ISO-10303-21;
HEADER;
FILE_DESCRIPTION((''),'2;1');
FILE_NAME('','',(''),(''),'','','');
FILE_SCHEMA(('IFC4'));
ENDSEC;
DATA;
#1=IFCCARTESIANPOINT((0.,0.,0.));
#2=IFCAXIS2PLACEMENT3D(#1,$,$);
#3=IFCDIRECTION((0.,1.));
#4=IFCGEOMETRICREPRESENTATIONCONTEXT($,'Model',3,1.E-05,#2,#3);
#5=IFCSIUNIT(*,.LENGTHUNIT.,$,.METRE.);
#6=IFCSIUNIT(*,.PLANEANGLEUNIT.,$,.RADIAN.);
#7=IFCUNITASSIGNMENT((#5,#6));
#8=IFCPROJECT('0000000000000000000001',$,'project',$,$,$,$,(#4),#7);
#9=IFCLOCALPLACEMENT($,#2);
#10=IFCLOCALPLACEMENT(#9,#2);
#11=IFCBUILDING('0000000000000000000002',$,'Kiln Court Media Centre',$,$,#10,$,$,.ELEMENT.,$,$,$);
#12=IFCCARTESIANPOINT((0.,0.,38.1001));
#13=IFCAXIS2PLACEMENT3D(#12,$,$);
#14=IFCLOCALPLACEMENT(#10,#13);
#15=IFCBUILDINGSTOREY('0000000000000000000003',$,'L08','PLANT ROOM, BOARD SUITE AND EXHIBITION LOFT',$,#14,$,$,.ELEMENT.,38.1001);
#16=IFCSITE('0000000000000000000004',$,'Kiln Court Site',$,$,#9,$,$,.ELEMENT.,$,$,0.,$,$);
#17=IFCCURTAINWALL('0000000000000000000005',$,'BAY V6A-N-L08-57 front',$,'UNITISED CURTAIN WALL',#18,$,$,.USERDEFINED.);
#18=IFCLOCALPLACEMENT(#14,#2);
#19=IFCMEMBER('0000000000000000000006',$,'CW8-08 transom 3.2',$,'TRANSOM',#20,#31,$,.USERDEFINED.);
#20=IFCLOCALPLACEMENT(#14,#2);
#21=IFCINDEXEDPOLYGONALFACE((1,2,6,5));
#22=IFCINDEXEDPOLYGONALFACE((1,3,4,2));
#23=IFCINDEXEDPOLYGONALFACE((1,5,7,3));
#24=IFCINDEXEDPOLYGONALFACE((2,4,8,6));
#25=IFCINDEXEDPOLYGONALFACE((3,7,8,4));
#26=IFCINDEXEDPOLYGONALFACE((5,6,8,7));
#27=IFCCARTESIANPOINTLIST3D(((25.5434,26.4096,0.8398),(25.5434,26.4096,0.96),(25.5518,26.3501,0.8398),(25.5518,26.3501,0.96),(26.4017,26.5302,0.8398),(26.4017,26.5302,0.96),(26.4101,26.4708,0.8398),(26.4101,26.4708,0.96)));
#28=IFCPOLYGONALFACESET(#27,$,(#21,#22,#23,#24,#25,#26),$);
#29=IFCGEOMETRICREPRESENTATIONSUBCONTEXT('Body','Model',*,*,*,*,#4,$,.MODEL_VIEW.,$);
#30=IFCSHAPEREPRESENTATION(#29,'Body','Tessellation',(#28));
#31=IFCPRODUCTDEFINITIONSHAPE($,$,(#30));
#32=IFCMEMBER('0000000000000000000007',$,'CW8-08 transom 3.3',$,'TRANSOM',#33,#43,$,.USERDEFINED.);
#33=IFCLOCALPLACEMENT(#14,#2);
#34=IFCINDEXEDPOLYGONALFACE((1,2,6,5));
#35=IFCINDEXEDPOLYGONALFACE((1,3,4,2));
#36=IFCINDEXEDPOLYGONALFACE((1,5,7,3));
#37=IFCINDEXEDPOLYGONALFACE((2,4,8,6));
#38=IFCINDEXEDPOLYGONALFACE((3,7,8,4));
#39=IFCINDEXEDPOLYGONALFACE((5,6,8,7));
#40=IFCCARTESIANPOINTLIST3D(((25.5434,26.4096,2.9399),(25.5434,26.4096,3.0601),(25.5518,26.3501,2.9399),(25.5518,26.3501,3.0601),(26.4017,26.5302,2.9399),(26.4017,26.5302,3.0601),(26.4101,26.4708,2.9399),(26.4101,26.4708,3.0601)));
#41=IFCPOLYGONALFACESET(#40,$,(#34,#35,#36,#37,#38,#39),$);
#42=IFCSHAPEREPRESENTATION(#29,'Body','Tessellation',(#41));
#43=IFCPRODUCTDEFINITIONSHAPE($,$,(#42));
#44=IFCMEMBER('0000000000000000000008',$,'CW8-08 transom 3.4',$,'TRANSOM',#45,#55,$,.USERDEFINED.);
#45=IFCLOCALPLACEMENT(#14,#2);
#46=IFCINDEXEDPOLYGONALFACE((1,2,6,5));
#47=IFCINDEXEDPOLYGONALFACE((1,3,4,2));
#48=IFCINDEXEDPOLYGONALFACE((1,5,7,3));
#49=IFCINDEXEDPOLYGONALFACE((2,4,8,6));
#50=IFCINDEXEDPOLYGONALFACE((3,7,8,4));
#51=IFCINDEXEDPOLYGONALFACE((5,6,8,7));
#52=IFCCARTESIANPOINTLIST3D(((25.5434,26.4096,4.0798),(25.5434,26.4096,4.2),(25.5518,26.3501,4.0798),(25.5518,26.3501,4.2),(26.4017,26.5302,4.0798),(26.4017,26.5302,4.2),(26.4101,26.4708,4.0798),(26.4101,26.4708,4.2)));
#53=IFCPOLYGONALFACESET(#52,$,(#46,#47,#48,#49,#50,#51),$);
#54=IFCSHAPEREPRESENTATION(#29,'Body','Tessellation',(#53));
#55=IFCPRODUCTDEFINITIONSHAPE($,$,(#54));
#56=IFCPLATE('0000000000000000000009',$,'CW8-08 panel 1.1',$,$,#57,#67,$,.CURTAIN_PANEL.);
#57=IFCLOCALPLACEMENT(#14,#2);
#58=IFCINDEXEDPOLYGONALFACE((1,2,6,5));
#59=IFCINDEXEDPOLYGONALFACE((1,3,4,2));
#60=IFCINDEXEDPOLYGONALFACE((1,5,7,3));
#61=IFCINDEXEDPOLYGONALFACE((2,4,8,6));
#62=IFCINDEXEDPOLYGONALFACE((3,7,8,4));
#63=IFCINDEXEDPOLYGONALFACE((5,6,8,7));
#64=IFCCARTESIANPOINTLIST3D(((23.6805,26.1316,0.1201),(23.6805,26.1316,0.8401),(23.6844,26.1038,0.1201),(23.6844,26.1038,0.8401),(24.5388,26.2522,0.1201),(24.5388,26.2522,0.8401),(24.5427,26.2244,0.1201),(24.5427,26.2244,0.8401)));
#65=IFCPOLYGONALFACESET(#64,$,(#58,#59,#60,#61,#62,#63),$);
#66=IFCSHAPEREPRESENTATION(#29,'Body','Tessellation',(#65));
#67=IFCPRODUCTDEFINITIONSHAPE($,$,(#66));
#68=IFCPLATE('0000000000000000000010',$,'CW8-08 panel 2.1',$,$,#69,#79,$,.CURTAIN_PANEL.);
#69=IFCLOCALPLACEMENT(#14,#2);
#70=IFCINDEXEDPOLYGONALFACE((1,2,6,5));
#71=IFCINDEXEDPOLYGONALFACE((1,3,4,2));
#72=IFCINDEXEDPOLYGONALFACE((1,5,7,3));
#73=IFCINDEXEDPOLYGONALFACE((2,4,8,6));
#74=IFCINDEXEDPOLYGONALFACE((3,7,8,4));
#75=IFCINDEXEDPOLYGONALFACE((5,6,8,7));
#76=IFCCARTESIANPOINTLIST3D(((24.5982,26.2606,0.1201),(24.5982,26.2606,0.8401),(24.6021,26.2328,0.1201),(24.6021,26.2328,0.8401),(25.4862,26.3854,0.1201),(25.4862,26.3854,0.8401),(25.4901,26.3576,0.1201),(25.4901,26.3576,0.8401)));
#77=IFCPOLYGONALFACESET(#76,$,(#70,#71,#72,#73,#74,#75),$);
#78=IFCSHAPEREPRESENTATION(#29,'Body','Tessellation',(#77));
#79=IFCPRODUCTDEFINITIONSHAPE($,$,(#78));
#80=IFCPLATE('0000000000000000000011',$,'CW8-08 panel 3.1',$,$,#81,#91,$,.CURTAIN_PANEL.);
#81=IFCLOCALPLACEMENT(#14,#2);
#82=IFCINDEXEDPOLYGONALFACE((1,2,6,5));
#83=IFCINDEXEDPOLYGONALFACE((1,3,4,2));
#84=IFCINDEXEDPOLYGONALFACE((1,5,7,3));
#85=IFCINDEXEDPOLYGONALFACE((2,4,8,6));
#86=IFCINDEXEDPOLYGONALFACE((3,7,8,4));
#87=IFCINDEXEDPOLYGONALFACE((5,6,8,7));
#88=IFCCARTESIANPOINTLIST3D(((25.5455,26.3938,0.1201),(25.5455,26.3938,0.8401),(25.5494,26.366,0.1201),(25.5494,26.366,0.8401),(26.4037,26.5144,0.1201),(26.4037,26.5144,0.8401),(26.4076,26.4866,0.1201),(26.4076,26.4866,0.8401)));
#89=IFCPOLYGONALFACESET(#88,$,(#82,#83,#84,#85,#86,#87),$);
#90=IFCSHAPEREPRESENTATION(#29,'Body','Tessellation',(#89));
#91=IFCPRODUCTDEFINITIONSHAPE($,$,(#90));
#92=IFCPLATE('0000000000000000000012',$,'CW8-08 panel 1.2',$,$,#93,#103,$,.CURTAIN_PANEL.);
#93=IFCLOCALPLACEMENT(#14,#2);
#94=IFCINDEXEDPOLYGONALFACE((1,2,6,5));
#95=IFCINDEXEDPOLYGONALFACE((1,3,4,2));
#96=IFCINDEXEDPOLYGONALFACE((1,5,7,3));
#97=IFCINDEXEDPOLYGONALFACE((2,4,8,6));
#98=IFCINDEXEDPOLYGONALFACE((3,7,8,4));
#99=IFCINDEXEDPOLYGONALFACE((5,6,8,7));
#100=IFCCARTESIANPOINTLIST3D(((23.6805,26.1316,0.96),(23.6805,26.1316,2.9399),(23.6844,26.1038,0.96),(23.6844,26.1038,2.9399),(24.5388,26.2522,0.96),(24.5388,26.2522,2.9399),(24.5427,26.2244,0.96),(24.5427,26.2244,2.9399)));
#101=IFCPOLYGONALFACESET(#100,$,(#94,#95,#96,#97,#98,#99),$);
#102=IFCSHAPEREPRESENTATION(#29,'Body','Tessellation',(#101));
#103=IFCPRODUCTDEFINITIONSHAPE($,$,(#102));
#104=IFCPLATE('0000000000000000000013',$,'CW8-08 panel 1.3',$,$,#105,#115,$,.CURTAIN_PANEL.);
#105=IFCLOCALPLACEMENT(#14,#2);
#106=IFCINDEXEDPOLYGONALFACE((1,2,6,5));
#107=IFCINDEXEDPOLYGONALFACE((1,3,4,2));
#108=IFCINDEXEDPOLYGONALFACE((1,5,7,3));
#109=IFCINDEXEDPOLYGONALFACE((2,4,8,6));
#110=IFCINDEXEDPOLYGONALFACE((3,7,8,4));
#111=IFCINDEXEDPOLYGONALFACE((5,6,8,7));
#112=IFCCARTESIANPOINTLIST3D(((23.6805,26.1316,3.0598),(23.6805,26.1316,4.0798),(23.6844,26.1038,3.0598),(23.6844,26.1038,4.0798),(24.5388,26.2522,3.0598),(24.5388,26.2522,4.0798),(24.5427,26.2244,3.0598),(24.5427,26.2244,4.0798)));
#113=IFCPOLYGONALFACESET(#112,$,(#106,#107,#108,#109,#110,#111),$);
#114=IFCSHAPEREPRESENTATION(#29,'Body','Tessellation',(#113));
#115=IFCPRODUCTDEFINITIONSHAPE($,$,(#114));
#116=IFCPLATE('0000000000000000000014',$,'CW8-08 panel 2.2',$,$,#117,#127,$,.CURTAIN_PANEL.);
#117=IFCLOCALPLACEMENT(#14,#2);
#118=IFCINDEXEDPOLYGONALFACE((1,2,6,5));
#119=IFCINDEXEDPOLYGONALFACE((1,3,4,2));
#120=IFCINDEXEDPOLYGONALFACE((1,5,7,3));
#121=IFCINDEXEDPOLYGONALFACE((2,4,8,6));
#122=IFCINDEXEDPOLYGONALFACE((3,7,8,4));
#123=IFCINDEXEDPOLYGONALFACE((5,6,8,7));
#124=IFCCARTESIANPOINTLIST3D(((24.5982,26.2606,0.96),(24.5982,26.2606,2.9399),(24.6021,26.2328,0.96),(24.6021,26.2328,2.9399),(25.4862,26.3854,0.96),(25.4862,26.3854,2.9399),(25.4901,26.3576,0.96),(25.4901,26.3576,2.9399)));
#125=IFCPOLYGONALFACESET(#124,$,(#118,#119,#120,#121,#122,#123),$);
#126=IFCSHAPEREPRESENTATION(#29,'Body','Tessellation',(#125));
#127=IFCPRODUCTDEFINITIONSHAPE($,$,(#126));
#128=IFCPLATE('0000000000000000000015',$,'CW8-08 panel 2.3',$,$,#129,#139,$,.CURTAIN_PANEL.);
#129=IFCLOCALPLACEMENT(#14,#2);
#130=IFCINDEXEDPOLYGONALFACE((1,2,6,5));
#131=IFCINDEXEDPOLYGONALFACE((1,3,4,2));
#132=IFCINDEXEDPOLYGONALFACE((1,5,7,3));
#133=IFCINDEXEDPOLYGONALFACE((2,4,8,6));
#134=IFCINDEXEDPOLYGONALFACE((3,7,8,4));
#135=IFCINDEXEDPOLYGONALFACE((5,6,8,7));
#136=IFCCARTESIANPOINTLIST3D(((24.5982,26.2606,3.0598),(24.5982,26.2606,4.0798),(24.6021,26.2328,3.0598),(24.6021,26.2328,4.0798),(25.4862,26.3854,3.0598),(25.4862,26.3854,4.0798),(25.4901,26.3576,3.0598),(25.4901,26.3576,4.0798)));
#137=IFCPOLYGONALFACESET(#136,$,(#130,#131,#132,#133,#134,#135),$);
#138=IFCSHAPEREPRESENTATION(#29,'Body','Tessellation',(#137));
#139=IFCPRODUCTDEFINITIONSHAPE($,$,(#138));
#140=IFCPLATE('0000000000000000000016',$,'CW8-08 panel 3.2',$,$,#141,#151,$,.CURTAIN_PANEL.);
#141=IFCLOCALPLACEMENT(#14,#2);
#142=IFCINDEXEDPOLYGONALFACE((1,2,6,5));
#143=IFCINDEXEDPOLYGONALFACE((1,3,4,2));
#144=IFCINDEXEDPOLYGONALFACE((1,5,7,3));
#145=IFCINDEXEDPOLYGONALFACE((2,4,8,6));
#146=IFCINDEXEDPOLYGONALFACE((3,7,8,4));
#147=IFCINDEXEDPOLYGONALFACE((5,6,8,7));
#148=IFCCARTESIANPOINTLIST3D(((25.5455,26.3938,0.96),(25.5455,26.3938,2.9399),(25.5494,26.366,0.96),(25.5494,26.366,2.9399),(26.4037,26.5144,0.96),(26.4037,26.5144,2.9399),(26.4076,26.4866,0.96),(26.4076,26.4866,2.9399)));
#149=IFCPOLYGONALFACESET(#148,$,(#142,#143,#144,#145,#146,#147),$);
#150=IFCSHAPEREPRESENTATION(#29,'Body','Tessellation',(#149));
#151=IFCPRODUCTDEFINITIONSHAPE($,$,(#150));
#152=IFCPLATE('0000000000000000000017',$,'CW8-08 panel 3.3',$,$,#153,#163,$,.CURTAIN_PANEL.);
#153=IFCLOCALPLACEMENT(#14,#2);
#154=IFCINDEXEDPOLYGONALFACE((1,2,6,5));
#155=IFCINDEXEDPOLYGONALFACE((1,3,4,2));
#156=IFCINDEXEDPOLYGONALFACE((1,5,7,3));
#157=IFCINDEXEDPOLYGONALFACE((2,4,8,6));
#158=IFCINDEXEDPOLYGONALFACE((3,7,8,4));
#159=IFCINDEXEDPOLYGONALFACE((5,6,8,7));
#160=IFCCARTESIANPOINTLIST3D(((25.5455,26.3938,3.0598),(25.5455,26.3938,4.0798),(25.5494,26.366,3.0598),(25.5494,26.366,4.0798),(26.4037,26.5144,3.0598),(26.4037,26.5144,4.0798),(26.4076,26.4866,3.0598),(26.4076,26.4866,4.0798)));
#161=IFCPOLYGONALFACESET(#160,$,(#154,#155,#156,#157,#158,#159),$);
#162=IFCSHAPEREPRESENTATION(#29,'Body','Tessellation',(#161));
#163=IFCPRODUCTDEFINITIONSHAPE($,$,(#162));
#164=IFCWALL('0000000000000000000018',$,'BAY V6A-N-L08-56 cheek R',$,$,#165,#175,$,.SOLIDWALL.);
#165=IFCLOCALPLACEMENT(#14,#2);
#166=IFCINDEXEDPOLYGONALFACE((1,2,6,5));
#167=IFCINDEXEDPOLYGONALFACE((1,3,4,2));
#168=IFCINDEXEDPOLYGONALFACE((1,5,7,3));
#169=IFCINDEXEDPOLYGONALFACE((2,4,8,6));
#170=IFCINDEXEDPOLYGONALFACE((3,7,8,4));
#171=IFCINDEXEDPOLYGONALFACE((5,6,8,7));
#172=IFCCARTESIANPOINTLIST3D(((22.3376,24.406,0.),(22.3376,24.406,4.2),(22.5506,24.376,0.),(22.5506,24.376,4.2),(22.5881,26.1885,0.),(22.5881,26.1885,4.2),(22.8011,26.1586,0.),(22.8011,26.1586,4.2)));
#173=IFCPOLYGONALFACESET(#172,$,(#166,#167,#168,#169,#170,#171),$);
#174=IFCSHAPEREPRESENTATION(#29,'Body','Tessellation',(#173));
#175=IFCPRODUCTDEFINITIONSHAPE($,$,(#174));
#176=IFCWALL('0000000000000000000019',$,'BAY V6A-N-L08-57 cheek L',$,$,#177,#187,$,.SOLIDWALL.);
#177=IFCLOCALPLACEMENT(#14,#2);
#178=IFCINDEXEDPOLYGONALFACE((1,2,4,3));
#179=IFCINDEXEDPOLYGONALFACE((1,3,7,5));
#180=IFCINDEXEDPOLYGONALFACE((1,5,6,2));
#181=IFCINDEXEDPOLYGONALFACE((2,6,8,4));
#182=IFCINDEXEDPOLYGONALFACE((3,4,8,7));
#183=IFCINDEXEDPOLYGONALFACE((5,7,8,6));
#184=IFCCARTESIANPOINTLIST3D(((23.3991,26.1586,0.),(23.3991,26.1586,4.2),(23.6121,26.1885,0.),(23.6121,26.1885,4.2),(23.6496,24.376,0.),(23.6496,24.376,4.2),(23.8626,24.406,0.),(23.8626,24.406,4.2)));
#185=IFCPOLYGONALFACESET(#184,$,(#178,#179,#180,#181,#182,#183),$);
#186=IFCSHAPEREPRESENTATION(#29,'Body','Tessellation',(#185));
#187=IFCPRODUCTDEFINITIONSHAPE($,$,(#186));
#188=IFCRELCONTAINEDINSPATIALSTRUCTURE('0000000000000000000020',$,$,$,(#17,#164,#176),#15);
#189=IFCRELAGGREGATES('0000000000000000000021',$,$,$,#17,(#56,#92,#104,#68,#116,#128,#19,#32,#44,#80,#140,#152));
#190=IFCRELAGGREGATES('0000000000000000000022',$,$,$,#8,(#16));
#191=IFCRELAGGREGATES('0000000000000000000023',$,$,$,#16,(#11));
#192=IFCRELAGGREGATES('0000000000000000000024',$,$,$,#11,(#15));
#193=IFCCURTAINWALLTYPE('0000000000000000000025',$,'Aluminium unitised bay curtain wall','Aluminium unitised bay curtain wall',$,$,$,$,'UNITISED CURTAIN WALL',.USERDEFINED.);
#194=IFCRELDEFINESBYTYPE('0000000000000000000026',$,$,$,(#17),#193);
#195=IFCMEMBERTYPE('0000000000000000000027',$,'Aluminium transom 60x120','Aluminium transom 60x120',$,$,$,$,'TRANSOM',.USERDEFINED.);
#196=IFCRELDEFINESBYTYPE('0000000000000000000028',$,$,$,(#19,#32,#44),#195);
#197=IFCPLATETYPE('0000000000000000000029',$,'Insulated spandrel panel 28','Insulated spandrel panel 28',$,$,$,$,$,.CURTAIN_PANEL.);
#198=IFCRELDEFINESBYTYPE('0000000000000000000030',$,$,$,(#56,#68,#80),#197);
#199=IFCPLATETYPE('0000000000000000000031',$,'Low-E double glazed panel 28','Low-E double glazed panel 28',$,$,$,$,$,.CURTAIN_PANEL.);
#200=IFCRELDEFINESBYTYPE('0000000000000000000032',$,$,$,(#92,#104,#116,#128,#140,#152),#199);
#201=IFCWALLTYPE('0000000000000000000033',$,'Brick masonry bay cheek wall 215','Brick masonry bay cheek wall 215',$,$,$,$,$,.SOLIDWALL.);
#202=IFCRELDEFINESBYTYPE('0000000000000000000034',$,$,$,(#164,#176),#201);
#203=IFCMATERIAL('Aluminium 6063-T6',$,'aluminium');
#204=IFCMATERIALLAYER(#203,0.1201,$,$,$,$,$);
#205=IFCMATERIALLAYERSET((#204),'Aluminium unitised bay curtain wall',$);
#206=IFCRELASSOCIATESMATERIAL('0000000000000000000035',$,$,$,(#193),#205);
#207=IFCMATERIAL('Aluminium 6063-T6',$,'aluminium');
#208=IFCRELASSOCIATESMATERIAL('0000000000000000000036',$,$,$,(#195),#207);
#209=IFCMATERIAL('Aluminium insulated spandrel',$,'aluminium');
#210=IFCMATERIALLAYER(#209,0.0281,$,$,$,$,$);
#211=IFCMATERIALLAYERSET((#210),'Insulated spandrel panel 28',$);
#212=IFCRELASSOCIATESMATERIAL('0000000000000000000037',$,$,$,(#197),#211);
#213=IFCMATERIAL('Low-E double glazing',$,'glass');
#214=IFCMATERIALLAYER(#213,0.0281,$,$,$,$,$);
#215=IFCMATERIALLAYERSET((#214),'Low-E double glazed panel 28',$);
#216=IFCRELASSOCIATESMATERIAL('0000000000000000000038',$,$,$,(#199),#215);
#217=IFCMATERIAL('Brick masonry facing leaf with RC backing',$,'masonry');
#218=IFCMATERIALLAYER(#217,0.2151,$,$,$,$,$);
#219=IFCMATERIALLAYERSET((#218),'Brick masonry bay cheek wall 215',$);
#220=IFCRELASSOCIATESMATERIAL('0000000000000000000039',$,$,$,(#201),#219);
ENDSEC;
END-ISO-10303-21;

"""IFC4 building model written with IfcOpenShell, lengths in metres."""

from ifc_helpers import new_model, si_unit, direction, frame, frame_2d, origin, origin_2d, place, context, subcontext, project, spatial, rectangle, extrude, material, layer, layer_set, material_profile, profile_set, type_object, element, aggregate, save


model = new_model("IFC4")

# Units and contexts
model_context = context("Model", 3, precision=1e-05, world=origin(), true_north=direction((0.0, 1.0)))
body_context = subcontext(model_context, "Body", "Model", "MODEL_VIEW")
ifc_project = project(units=[si_unit("LENGTHUNIT", "METRE"), si_unit("PLANEANGLEUNIT", "RADIAN")], contexts=[model_context])

# Site, building, storey
site_placement = place(None, origin())
site = spatial("IfcSite", under=ifc_project, at=site_placement, Name="Kiln Court Site", CompositionType="ELEMENT", RefElevation=0.0)
building_placement = place(site_placement, origin())
building = spatial("IfcBuilding", under=site, at=building_placement, Name="Kiln Court Media Centre", CompositionType="ELEMENT")
storey_placement = place(building_placement, frame((0.0, 0.0, 38.1001)))
storey = spatial("IfcBuildingStorey", under=building, at=storey_placement, Name="L08", Description="PLANT ROOM, BOARD SUITE AND EXHIBITION LOFT", CompositionType="ELEMENT", Elevation=38.1001)

# Shared definitions
ifc_material_1 = material(Name="Aluminium 6063-T6", Category="aluminium")
ifc_layer_1 = layer(ifc_material_1, 0.1201)
ifc_layer_set_1 = layer_set([ifc_layer_1], Name="Aluminium unitised bay curtain wall")
curtain_wall_type = type_object("IfcCurtainWallType", Name="Aluminium unitised bay curtain wall", Description="Aluminium unitised bay curtain wall", ElementType="UNITISED CURTAIN WALL", PredefinedType="USERDEFINED", material=ifc_layer_set_1)

# Curtain wall, members, plates
curtain_wall_1_placement = place(storey_placement, origin())
curtain_wall_1 = element("IfcCurtainWall", 1, at=curtain_wall_1_placement, inside=storey, type_object=curtain_wall_type, Name="BAY V6A-N-L08-57 front", ObjectType="UNITISED CURTAIN WALL", PredefinedType="USERDEFINED")
ifc_material_2 = material(Name="Aluminium 6063-T6", Category="aluminium")
ifc_material_profile_1 = material_profile(ifc_material_2, rectangle(XDim=0.0601, YDim=0.1201, at=origin_2d()), Name="Aluminium transom 60x120")
ifc_profile_set_1 = profile_set([ifc_material_profile_1], Name="Aluminium 6063-T6")
member_type_1 = type_object("IfcMemberType", Name="Aluminium transom 60x120", Description="Aluminium transom 60x120", ElementType="TRANSOM", PredefinedType="USERDEFINED", material=ifc_profile_set_1)
member_1_placement = place(storey_placement, frame((25.5476, 26.3799, 0.8999), z_axis=(0.990268, 0.139173, 0.0), x_axis=(-0.139173, 0.990268, 0.0)))
member_1 = element("IfcMember", 2, at=member_1_placement, type_object=member_type_1, Name="CW8-08 transom 3.2", ObjectType="TRANSOM", PredefinedType="USERDEFINED", context=body_context, shape_type="SweptSolid", body=[
    extrude(rectangle(XDim=0.0601, YDim=0.1201, at=origin_2d()), origin(), (0.0, 0.0, 1.0), 0.8667),
])
member_2_placement = place(storey_placement, frame((25.5476, 26.3799, 3.0), z_axis=(0.990268, 0.139173, 0.0), x_axis=(-0.139173, 0.990268, 0.0)))
member_2 = element("IfcMember", 3, at=member_2_placement, type_object=member_type_1, Name="CW8-08 transom 3.3", ObjectType="TRANSOM", PredefinedType="USERDEFINED", context=body_context, shape_type="SweptSolid", body=[
    extrude(rectangle(XDim=0.0601, YDim=0.1201, at=origin_2d()), origin(), (0.0, 0.0, 1.0), 0.8667),
])
member_3_placement = place(storey_placement, frame((25.5476, 26.3799, 4.1399), z_axis=(0.990268, 0.139173, 0.0), x_axis=(-0.139173, 0.990268, 0.0)))
member_3 = element("IfcMember", 4, at=member_3_placement, type_object=member_type_1, Name="CW8-08 transom 3.4", ObjectType="TRANSOM", PredefinedType="USERDEFINED", context=body_context, shape_type="SweptSolid", body=[
    extrude(rectangle(XDim=0.0601, YDim=0.1201, at=origin_2d()), origin(), (0.0, 0.0, 1.0), 0.8667),
])
ifc_material_3 = material(Name="Aluminium insulated spandrel", Category="aluminium")
ifc_layer_2 = layer(ifc_material_3, 0.0281)
ifc_layer_set_2 = layer_set([ifc_layer_2], Name="Insulated spandrel panel 28")
plate_type_1 = type_object("IfcPlateType", Name="Insulated spandrel panel 28", Description="Insulated spandrel panel 28", PredefinedType="CURTAIN_PANEL", material=ifc_layer_set_2)
plate_1_placement = place(storey_placement, frame((24.1116, 26.178, 0.1201), z_axis=(0.0, 0.0, 1.0), x_axis=(0.99027, 0.139162, 0.0)))
plate_1 = element("IfcPlate", 5, at=plate_1_placement, type_object=plate_type_1, Name="CW8-08 panel 1.1", PredefinedType="CURTAIN_PANEL", context=body_context, shape_type="SweptSolid", body=[
    extrude(rectangle(XDim=0.8667, YDim=0.0281, at=origin_2d()), origin(), (0.0, 0.0, 1.0), 0.72),
])
plate_2_placement = place(storey_placement, frame((25.0442, 26.3091, 0.1201), z_axis=(0.0, 0.0, 1.0), x_axis=(0.99027, 0.139162, 0.0)))
plate_2 = element("IfcPlate", 6, at=plate_2_placement, type_object=plate_type_1, Name="CW8-08 panel 2.1", PredefinedType="CURTAIN_PANEL", context=body_context, shape_type="SweptSolid", body=[
    extrude(rectangle(XDim=0.8967, YDim=0.0281, at=origin_2d()), origin(), (0.0, 0.0, 1.0), 0.72),
])
plate_3_placement = place(storey_placement, frame((25.9766, 26.4402, 0.1201), z_axis=(0.0, 0.0, 1.0), x_axis=(0.99027, 0.139162, 0.0)))
plate_3 = element("IfcPlate", 7, at=plate_3_placement, type_object=plate_type_1, Name="CW8-08 panel 3.1", PredefinedType="CURTAIN_PANEL", context=body_context, shape_type="SweptSolid", body=[
    extrude(rectangle(XDim=0.8667, YDim=0.0281, at=origin_2d()), origin(), (0.0, 0.0, 1.0), 0.72),
])
ifc_material_4 = material(Name="Low-E double glazing", Category="glass")
ifc_layer_3 = layer(ifc_material_4, 0.0281)
ifc_layer_set_3 = layer_set([ifc_layer_3], Name="Low-E double glazed panel 28")
plate_type_2 = type_object("IfcPlateType", Name="Low-E double glazed panel 28", Description="Low-E double glazed panel 28", PredefinedType="CURTAIN_PANEL", material=ifc_layer_set_3)
plate_4_placement = place(storey_placement, frame((24.1116, 26.178, 0.96), z_axis=(0.0, 0.0, 1.0), x_axis=(0.99027, 0.139162, 0.0)))
plate_4 = element("IfcPlate", 8, at=plate_4_placement, type_object=plate_type_2, Name="CW8-08 panel 1.2", PredefinedType="CURTAIN_PANEL", context=body_context, shape_type="SweptSolid", body=[
    extrude(rectangle(XDim=0.8667, YDim=0.0281, at=origin_2d()), origin(), (0.0, 0.0, 1.0), 1.98),
])
plate_5_placement = place(storey_placement, frame((24.1116, 26.178, 3.0598), z_axis=(0.0, 0.0, 1.0), x_axis=(0.99027, 0.139162, 0.0)))
plate_5 = element("IfcPlate", 9, at=plate_5_placement, type_object=plate_type_2, Name="CW8-08 panel 1.3", PredefinedType="CURTAIN_PANEL", context=body_context, shape_type="SweptSolid", body=[
    extrude(rectangle(XDim=0.8667, YDim=0.0281, at=origin_2d()), origin(), (0.0, 0.0, 1.0), 1.02),
])
plate_6_placement = place(storey_placement, frame((25.0442, 26.3091, 0.96), z_axis=(0.0, 0.0, 1.0), x_axis=(0.99027, 0.139162, 0.0)))
plate_6 = element("IfcPlate", 10, at=plate_6_placement, type_object=plate_type_2, Name="CW8-08 panel 2.2", PredefinedType="CURTAIN_PANEL", context=body_context, shape_type="SweptSolid", body=[
    extrude(rectangle(XDim=0.8967, YDim=0.0281, at=origin_2d()), origin(), (0.0, 0.0, 1.0), 1.98),
])
plate_7_placement = place(storey_placement, frame((25.0442, 26.3091, 3.0598), z_axis=(0.0, 0.0, 1.0), x_axis=(0.99027, 0.139162, 0.0)))
plate_7 = element("IfcPlate", 11, at=plate_7_placement, type_object=plate_type_2, Name="CW8-08 panel 2.3", PredefinedType="CURTAIN_PANEL", context=body_context, shape_type="SweptSolid", body=[
    extrude(rectangle(XDim=0.8967, YDim=0.0281, at=origin_2d()), origin(), (0.0, 0.0, 1.0), 1.02),
])
plate_8_placement = place(storey_placement, frame((25.9766, 26.4402, 0.96), z_axis=(0.0, 0.0, 1.0), x_axis=(0.99027, 0.139162, 0.0)))
plate_8 = element("IfcPlate", 12, at=plate_8_placement, type_object=plate_type_2, Name="CW8-08 panel 3.2", PredefinedType="CURTAIN_PANEL", context=body_context, shape_type="SweptSolid", body=[
    extrude(rectangle(XDim=0.8667, YDim=0.0281, at=origin_2d()), origin(), (0.0, 0.0, 1.0), 1.98),
])
plate_9_placement = place(storey_placement, frame((25.9766, 26.4402, 3.0598), z_axis=(0.0, 0.0, 1.0), x_axis=(0.99027, 0.139162, 0.0)))
plate_9 = element("IfcPlate", 13, at=plate_9_placement, type_object=plate_type_2, Name="CW8-08 panel 3.3", PredefinedType="CURTAIN_PANEL", context=body_context, shape_type="SweptSolid", body=[
    extrude(rectangle(XDim=0.8667, YDim=0.0281, at=origin_2d()), origin(), (0.0, 0.0, 1.0), 1.02),
])
aggregate(curtain_wall_1, [plate_1, plate_4, plate_5, plate_2, plate_6, plate_7, member_1, member_2, member_3, plate_3, plate_8, plate_9])

# Walls
ifc_material_5 = material(Name="Brick masonry facing leaf with RC backing", Category="masonry")
ifc_layer_4 = layer(ifc_material_5, 0.2151)
ifc_layer_set_4 = layer_set([ifc_layer_4], Name="Brick masonry bay cheek wall 215")
wall_type_1 = type_object("IfcWallType", Name="Brick masonry bay cheek wall 215", Description="Brick masonry bay cheek wall 215", PredefinedType="SOLIDWALL", material=ifc_layer_set_4)
for number, where, z_axis, x_axis, name in (
    (14, (22.4441, 24.3911, 0.0), (0.0, 0.0, 1.0), (0.139161, 0.99027, 0.0), "BAY V6A-N-L08-56 cheek R"),
    (15, (23.7561, 24.3911, 0.0), (0.0, 0.0, 1.0), (-0.139161, 0.99027, 0.0), "BAY V6A-N-L08-57 cheek L"),
):
    element("IfcWall", number, at=place(storey_placement, frame(where, z_axis=z_axis, x_axis=x_axis)), inside=storey, type_object=wall_type_1, Name=name, PredefinedType="SOLIDWALL", context=body_context, shape_type="SweptSolid", body=[
        extrude(rectangle(XDim=1.8, YDim=0.2151, at=frame_2d((0.8999, 0.0))), origin(), (0.0, 0.0, 1.0), 4.2),
    ])

save(model, "model.ifc")
